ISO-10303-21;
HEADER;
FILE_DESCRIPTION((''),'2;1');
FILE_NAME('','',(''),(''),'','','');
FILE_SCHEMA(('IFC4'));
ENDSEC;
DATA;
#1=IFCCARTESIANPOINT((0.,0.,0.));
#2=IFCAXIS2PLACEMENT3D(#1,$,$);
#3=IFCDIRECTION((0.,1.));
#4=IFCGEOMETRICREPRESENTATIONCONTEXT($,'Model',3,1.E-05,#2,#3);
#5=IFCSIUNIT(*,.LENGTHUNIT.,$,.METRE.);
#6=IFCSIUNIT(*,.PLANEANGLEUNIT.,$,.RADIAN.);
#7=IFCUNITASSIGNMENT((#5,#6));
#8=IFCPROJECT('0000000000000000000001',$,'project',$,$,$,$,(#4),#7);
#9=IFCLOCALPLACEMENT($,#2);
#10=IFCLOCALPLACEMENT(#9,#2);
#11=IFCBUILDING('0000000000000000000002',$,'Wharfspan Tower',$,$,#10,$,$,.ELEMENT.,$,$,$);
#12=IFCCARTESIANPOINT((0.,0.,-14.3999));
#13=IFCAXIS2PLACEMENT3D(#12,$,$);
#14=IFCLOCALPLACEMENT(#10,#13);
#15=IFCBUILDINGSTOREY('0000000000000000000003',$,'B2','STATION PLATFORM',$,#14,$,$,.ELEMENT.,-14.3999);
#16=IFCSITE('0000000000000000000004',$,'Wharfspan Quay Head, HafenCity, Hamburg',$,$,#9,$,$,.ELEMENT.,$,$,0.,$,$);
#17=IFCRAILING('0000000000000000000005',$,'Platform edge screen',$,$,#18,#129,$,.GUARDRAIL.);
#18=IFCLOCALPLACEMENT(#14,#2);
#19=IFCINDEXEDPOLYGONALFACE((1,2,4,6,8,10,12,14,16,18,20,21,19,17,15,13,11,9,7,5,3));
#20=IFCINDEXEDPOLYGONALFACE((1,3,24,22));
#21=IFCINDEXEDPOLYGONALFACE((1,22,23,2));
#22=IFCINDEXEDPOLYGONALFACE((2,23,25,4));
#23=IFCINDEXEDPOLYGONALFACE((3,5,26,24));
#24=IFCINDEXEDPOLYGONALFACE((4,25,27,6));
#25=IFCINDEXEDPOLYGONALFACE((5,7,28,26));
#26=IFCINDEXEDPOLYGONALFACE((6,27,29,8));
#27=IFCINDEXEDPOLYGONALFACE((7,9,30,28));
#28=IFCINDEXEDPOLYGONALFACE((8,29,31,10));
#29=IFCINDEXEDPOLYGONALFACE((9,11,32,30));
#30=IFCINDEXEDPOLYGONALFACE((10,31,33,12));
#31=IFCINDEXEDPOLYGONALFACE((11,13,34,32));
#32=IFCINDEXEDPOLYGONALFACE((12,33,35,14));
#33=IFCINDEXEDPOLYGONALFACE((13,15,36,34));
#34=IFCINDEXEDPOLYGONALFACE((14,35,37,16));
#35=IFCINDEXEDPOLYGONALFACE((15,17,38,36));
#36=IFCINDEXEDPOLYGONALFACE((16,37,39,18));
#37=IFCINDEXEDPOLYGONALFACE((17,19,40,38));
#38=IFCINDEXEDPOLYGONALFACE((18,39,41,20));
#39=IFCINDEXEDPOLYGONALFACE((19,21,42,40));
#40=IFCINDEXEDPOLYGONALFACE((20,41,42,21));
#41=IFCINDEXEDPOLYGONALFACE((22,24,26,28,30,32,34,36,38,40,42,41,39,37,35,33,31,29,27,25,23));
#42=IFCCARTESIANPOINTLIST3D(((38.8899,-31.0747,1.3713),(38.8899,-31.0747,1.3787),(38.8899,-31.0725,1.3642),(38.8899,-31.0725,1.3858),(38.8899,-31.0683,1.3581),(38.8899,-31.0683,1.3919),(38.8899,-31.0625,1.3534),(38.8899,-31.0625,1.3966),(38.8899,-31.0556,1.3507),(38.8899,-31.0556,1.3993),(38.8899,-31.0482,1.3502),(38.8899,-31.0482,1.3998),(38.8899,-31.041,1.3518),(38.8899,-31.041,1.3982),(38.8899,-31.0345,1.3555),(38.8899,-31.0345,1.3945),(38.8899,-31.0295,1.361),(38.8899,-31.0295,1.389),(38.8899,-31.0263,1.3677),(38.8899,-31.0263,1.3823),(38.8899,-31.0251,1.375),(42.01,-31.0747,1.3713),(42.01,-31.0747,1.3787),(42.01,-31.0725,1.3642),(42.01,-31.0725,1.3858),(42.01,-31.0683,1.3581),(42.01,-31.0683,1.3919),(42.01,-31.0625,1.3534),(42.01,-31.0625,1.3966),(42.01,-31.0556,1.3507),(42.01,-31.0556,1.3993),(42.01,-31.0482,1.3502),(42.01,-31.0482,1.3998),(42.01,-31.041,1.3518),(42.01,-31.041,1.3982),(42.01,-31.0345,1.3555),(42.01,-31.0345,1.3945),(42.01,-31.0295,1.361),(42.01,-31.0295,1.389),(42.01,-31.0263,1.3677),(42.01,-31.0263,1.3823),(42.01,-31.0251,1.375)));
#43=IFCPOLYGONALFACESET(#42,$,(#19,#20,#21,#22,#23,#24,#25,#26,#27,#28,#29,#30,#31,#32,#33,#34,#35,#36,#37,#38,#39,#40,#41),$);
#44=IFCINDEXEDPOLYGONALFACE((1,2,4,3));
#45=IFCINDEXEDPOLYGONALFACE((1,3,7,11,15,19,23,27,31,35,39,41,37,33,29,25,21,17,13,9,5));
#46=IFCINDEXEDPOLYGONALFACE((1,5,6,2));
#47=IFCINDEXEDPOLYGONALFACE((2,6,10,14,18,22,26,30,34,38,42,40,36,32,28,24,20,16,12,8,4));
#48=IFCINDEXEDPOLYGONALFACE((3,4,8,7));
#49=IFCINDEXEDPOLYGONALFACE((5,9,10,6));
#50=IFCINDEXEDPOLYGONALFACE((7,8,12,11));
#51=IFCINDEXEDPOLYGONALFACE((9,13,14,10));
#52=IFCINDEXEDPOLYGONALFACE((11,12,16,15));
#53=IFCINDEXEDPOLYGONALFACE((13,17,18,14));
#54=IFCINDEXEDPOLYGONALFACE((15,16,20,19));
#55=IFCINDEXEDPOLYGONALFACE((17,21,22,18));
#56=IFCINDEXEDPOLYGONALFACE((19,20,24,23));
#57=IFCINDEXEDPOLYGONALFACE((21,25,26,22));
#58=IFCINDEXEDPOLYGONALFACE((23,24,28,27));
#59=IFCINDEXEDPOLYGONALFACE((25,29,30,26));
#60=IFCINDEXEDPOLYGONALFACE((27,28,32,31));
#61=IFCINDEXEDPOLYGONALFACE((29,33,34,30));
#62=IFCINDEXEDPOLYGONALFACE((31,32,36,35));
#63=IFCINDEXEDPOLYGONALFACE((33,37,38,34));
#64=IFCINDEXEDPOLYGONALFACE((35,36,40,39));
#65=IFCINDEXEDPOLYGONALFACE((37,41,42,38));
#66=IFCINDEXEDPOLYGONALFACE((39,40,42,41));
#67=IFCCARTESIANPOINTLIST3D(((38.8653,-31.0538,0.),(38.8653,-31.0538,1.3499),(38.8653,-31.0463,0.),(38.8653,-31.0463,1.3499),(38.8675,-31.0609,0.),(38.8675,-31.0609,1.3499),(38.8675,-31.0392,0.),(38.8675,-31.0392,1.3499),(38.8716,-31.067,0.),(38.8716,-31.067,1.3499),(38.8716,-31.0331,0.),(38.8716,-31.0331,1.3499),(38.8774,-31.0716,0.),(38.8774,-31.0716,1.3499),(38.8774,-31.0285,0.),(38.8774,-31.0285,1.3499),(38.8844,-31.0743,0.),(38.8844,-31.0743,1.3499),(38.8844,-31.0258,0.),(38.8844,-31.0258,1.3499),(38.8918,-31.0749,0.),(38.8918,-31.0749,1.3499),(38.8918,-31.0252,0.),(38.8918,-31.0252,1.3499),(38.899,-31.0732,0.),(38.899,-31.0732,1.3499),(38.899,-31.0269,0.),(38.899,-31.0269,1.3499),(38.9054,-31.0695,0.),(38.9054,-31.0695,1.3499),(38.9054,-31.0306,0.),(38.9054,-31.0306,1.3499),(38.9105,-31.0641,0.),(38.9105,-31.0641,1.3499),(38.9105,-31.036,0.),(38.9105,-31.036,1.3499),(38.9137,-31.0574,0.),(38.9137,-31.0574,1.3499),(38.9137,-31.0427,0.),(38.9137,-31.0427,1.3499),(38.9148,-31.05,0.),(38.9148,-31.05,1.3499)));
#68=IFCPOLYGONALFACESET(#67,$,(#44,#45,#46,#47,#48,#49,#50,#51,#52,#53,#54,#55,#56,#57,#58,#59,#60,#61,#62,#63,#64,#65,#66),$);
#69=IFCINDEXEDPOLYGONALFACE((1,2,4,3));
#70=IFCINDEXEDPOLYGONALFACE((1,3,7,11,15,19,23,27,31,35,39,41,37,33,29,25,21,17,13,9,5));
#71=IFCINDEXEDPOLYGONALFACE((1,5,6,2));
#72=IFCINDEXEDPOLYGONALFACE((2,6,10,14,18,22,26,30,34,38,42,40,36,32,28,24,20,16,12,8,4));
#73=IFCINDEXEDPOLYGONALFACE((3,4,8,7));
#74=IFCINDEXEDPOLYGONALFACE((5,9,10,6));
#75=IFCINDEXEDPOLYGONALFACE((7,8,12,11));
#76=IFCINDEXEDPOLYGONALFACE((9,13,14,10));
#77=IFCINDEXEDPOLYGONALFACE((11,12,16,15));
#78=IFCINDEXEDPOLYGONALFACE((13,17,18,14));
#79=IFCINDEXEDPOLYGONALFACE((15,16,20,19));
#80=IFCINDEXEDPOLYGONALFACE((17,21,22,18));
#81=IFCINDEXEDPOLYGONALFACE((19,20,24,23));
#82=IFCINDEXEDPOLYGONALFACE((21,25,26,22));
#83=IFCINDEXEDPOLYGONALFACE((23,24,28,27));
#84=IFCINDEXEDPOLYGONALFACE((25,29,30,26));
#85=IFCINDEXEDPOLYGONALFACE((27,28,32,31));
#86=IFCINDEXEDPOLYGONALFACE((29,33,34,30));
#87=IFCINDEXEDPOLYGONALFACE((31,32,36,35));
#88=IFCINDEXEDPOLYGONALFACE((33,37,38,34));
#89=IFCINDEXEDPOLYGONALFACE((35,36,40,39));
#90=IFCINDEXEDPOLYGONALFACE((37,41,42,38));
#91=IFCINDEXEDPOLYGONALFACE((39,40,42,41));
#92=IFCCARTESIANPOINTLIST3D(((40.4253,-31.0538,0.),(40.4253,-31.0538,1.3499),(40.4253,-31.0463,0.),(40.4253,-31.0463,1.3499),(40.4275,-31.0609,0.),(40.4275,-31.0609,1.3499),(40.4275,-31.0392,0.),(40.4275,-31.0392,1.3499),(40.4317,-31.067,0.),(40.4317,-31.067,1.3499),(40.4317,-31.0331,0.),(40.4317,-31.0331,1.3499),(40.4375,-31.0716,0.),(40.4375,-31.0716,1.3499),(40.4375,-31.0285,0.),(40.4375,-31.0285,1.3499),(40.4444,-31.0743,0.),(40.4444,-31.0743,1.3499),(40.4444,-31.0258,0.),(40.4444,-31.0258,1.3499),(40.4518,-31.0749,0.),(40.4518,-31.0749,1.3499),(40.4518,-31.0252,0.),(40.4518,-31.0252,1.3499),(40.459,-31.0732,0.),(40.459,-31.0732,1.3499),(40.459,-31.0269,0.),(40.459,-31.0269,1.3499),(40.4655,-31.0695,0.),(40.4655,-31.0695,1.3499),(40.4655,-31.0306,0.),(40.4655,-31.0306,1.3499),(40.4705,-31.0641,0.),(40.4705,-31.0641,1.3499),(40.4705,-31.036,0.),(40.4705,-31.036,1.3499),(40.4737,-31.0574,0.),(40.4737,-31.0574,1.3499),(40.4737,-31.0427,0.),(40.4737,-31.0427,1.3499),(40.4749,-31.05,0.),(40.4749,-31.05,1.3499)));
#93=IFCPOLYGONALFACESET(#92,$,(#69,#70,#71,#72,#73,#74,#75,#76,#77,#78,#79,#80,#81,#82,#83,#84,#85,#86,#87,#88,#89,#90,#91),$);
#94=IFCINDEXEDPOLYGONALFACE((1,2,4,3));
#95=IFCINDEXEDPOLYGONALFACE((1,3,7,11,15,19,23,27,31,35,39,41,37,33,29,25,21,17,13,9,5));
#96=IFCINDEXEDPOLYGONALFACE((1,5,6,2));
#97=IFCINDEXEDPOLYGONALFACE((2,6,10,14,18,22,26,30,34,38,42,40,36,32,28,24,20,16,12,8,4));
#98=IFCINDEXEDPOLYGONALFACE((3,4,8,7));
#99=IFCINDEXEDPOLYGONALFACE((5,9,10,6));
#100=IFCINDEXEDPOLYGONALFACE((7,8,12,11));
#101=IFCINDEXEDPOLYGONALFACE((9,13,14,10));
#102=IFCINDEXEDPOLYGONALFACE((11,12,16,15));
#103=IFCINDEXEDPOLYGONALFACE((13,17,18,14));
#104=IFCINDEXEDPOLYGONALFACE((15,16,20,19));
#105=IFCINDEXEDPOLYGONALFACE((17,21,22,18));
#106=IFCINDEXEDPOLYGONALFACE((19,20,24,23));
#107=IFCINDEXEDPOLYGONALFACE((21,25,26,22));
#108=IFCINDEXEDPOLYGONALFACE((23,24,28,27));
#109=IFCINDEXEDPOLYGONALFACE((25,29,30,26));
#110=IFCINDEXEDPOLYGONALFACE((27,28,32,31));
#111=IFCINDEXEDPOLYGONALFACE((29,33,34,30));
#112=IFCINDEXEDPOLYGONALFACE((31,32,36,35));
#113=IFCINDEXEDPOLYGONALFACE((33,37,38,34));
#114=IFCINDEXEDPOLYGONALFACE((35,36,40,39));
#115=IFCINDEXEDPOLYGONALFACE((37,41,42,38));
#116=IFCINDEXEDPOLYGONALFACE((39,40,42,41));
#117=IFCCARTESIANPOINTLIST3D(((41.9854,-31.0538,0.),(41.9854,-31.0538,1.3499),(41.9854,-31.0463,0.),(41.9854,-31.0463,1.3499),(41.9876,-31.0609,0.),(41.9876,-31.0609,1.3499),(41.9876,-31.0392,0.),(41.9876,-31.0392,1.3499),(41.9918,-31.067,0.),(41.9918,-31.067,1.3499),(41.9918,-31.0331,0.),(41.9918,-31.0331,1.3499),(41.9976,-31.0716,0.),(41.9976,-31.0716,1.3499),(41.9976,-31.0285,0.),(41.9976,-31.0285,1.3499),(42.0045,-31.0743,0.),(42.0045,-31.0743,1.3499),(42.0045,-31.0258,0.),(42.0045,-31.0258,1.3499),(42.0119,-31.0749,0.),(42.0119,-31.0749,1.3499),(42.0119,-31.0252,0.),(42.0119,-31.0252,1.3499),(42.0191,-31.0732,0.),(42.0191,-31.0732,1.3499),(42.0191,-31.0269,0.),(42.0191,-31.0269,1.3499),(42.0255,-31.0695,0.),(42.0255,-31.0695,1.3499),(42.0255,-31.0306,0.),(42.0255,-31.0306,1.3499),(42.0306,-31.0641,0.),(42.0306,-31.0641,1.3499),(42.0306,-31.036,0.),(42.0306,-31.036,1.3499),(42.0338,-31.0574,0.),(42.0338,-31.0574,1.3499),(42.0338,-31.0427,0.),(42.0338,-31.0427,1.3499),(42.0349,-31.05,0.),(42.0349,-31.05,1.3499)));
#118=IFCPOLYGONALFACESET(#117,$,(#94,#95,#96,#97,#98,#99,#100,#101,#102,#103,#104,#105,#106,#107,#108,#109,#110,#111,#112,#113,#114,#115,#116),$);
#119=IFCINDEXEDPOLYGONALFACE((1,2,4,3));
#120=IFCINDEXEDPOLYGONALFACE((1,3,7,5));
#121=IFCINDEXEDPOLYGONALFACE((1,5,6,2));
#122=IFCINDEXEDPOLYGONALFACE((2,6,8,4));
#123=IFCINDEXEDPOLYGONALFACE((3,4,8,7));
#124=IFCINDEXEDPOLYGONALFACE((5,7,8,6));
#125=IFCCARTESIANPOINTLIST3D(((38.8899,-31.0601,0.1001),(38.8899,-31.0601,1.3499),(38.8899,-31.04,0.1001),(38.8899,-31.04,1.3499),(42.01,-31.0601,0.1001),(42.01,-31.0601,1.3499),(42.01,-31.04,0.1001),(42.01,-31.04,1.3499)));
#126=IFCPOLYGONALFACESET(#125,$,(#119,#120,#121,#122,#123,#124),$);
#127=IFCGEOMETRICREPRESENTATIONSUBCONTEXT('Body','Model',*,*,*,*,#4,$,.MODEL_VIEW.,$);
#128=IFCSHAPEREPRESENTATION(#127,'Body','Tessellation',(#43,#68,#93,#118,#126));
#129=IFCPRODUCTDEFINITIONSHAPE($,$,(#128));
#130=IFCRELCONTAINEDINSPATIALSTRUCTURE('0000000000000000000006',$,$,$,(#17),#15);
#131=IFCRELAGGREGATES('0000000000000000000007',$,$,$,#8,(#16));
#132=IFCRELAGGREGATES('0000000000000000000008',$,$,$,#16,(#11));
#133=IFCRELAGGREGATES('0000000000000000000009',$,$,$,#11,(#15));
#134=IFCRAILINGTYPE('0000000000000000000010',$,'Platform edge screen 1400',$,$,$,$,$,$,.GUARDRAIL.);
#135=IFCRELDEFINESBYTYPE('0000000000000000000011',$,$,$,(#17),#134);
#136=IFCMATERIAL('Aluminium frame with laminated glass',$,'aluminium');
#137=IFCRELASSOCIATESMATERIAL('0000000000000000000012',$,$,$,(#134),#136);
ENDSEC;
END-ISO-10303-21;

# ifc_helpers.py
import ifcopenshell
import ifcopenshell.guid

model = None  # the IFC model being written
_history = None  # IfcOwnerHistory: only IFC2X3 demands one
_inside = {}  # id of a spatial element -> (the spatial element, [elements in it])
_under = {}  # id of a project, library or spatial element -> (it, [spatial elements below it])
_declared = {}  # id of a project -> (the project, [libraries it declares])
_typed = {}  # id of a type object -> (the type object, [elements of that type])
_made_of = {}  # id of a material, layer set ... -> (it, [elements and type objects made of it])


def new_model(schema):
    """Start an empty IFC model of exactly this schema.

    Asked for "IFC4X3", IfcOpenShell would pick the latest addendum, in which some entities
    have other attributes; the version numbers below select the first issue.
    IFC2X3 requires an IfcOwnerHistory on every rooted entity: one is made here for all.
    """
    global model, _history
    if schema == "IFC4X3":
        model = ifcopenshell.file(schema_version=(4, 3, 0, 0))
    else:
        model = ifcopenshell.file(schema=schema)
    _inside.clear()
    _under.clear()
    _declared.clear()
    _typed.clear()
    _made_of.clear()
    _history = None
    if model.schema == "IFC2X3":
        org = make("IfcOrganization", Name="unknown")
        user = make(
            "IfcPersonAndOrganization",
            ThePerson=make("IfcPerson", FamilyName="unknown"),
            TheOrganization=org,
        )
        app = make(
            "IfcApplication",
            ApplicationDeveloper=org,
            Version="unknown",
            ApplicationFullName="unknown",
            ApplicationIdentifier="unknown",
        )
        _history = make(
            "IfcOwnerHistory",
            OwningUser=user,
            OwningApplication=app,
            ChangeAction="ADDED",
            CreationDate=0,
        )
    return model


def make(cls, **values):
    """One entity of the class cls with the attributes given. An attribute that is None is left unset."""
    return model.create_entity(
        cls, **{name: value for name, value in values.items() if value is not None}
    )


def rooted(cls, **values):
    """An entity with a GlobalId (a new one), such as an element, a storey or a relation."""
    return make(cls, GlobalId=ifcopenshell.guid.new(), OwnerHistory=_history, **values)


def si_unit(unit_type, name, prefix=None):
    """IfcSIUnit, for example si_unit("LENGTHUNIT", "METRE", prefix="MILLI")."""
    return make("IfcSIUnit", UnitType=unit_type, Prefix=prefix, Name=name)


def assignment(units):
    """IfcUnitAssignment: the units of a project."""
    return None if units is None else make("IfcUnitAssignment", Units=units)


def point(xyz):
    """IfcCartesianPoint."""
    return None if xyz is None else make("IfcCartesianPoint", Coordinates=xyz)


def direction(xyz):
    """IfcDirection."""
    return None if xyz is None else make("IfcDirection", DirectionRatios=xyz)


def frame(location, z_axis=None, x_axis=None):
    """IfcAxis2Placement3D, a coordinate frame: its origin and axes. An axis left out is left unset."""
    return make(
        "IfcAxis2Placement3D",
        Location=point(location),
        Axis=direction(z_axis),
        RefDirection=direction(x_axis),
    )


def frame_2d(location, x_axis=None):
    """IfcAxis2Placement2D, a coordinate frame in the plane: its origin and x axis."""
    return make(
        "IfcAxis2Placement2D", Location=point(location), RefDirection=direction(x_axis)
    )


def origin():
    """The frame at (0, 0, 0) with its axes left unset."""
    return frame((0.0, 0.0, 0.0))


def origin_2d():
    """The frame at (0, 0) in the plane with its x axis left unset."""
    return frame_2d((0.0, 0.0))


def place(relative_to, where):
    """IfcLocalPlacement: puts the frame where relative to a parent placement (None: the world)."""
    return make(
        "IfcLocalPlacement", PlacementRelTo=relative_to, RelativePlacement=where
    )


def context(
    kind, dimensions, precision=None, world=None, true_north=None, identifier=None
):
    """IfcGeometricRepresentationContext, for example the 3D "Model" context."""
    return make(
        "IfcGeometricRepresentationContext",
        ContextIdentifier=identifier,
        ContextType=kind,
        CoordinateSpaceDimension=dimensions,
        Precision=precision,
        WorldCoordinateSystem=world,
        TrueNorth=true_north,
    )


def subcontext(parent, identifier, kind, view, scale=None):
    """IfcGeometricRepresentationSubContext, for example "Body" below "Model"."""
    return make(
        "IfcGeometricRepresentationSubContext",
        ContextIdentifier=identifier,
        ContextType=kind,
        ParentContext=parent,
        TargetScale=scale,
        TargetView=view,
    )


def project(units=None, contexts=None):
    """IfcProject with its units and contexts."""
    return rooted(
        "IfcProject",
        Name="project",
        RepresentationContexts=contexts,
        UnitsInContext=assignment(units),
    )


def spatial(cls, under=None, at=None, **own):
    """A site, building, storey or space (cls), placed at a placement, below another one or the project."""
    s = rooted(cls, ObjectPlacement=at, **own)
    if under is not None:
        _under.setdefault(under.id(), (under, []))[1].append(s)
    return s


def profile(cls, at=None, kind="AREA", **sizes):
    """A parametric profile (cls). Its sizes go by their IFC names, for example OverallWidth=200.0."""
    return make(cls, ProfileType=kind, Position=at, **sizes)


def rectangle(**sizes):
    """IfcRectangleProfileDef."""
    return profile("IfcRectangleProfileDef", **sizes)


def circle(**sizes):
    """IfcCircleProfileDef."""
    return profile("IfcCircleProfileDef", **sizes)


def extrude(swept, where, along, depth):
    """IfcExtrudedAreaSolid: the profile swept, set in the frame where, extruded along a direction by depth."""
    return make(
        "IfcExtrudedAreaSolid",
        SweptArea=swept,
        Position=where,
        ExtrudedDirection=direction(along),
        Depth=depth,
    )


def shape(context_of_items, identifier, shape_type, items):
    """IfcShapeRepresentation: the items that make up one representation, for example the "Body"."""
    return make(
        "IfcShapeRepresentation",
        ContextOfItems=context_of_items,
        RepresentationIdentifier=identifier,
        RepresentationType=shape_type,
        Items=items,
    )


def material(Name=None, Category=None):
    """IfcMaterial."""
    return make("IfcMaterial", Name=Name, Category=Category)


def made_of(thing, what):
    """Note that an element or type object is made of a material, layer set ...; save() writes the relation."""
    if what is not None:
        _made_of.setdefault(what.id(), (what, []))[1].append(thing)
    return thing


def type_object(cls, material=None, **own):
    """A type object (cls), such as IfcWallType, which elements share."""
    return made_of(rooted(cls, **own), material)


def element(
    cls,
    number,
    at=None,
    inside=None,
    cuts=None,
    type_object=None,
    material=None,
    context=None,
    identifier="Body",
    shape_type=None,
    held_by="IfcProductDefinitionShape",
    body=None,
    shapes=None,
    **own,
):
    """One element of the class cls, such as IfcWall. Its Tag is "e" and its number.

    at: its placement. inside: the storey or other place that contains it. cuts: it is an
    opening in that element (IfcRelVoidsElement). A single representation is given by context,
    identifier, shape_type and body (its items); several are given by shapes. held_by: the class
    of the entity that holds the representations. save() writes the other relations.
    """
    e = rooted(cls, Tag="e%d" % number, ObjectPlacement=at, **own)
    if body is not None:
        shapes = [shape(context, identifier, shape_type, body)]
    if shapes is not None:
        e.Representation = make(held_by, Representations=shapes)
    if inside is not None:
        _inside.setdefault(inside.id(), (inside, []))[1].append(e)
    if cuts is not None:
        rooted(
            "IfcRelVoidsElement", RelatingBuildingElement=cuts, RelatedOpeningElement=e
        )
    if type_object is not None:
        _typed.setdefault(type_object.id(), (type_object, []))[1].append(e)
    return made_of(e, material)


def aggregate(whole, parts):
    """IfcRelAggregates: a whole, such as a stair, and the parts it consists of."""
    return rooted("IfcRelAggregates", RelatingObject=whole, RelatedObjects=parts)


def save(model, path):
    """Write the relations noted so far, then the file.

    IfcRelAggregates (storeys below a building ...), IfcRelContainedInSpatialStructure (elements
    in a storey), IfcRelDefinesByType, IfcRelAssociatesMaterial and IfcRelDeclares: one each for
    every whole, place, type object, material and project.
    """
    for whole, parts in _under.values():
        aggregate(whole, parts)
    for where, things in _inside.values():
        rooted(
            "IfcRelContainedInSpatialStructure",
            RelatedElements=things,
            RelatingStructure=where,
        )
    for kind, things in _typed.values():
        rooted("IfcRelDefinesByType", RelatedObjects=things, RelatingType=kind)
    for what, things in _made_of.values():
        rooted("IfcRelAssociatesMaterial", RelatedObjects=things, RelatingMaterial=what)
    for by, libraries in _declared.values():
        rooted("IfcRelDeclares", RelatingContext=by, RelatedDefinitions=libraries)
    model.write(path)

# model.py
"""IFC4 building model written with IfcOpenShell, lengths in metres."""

from ifc_helpers import new_model, si_unit, direction, frame, origin, origin_2d, place, context, subcontext, project, spatial, rectangle, circle, extrude, material, type_object, element, save


model = new_model("IFC4")

# Units and contexts
model_context = context("Model", 3, precision=1e-05, world=origin(), true_north=direction((0.0, 1.0)))
body_context = subcontext(model_context, "Body", "Model", "MODEL_VIEW")
ifc_project = project(units=[si_unit("LENGTHUNIT", "METRE"), si_unit("PLANEANGLEUNIT", "RADIAN")], contexts=[model_context])

# Site, building, storey
site_placement = place(None, origin())
site = spatial("IfcSite", under=ifc_project, at=site_placement, Name="Wharfspan Quay Head, HafenCity, Hamburg", CompositionType="ELEMENT", RefElevation=0.0)
building_placement = place(site_placement, origin())
building = spatial("IfcBuilding", under=site, at=building_placement, Name="Wharfspan Tower", CompositionType="ELEMENT")
storey_placement = place(building_placement, frame((0.0, 0.0, -14.3999)))
storey = spatial("IfcBuildingStorey", under=building, at=storey_placement, Name="B2", Description="STATION PLATFORM", CompositionType="ELEMENT", Elevation=-14.3999)

# Railing
ifc_material_1 = material(Name="Aluminium frame with laminated glass", Category="aluminium")
railing_type_1 = type_object("IfcRailingType", Name="Platform edge screen 1400", PredefinedType="GUARDRAIL", material=ifc_material_1)
for number, where, name in (
    (1, (38.8899, -31.05, 0.0), "Platform edge screen"),
):
    element("IfcRailing", number, at=place(storey_placement, frame(where)), inside=storey, type_object=railing_type_1, Name=name, PredefinedType="GUARDRAIL", context=body_context, shape_type="SweptSolid", body=[
        extrude(circle(Radius=0.0249, at=origin_2d()), frame((0.0, 0.0, 1.375), z_axis=(1.0, 0.0, 0.0), x_axis=(0.0, 1.0, 0.0)), (0.0, 0.0, 1.0), 3.1201),
        extrude(circle(Radius=0.0249, at=origin_2d()), origin(), (0.0, 0.0, 1.0), 1.3499),
        extrude(circle(Radius=0.0249, at=origin_2d()), frame((1.5601, 0.0, 0.0)), (0.0, 0.0, 1.0), 1.3499),
        extrude(circle(Radius=0.0249, at=origin_2d()), frame((3.1201, 0.0, 0.0)), (0.0, 0.0, 1.0), 1.3499),
        extrude(rectangle(XDim=3.1201, YDim=0.02, at=origin_2d()), frame((1.5601, 0.0, 0.1001), z_axis=(0.0, 0.0, 1.0), x_axis=(1.0, 0.0, 0.0)), (0.0, 0.0, 1.0), 1.2498),
    ])

save(model, "model.ifc")
